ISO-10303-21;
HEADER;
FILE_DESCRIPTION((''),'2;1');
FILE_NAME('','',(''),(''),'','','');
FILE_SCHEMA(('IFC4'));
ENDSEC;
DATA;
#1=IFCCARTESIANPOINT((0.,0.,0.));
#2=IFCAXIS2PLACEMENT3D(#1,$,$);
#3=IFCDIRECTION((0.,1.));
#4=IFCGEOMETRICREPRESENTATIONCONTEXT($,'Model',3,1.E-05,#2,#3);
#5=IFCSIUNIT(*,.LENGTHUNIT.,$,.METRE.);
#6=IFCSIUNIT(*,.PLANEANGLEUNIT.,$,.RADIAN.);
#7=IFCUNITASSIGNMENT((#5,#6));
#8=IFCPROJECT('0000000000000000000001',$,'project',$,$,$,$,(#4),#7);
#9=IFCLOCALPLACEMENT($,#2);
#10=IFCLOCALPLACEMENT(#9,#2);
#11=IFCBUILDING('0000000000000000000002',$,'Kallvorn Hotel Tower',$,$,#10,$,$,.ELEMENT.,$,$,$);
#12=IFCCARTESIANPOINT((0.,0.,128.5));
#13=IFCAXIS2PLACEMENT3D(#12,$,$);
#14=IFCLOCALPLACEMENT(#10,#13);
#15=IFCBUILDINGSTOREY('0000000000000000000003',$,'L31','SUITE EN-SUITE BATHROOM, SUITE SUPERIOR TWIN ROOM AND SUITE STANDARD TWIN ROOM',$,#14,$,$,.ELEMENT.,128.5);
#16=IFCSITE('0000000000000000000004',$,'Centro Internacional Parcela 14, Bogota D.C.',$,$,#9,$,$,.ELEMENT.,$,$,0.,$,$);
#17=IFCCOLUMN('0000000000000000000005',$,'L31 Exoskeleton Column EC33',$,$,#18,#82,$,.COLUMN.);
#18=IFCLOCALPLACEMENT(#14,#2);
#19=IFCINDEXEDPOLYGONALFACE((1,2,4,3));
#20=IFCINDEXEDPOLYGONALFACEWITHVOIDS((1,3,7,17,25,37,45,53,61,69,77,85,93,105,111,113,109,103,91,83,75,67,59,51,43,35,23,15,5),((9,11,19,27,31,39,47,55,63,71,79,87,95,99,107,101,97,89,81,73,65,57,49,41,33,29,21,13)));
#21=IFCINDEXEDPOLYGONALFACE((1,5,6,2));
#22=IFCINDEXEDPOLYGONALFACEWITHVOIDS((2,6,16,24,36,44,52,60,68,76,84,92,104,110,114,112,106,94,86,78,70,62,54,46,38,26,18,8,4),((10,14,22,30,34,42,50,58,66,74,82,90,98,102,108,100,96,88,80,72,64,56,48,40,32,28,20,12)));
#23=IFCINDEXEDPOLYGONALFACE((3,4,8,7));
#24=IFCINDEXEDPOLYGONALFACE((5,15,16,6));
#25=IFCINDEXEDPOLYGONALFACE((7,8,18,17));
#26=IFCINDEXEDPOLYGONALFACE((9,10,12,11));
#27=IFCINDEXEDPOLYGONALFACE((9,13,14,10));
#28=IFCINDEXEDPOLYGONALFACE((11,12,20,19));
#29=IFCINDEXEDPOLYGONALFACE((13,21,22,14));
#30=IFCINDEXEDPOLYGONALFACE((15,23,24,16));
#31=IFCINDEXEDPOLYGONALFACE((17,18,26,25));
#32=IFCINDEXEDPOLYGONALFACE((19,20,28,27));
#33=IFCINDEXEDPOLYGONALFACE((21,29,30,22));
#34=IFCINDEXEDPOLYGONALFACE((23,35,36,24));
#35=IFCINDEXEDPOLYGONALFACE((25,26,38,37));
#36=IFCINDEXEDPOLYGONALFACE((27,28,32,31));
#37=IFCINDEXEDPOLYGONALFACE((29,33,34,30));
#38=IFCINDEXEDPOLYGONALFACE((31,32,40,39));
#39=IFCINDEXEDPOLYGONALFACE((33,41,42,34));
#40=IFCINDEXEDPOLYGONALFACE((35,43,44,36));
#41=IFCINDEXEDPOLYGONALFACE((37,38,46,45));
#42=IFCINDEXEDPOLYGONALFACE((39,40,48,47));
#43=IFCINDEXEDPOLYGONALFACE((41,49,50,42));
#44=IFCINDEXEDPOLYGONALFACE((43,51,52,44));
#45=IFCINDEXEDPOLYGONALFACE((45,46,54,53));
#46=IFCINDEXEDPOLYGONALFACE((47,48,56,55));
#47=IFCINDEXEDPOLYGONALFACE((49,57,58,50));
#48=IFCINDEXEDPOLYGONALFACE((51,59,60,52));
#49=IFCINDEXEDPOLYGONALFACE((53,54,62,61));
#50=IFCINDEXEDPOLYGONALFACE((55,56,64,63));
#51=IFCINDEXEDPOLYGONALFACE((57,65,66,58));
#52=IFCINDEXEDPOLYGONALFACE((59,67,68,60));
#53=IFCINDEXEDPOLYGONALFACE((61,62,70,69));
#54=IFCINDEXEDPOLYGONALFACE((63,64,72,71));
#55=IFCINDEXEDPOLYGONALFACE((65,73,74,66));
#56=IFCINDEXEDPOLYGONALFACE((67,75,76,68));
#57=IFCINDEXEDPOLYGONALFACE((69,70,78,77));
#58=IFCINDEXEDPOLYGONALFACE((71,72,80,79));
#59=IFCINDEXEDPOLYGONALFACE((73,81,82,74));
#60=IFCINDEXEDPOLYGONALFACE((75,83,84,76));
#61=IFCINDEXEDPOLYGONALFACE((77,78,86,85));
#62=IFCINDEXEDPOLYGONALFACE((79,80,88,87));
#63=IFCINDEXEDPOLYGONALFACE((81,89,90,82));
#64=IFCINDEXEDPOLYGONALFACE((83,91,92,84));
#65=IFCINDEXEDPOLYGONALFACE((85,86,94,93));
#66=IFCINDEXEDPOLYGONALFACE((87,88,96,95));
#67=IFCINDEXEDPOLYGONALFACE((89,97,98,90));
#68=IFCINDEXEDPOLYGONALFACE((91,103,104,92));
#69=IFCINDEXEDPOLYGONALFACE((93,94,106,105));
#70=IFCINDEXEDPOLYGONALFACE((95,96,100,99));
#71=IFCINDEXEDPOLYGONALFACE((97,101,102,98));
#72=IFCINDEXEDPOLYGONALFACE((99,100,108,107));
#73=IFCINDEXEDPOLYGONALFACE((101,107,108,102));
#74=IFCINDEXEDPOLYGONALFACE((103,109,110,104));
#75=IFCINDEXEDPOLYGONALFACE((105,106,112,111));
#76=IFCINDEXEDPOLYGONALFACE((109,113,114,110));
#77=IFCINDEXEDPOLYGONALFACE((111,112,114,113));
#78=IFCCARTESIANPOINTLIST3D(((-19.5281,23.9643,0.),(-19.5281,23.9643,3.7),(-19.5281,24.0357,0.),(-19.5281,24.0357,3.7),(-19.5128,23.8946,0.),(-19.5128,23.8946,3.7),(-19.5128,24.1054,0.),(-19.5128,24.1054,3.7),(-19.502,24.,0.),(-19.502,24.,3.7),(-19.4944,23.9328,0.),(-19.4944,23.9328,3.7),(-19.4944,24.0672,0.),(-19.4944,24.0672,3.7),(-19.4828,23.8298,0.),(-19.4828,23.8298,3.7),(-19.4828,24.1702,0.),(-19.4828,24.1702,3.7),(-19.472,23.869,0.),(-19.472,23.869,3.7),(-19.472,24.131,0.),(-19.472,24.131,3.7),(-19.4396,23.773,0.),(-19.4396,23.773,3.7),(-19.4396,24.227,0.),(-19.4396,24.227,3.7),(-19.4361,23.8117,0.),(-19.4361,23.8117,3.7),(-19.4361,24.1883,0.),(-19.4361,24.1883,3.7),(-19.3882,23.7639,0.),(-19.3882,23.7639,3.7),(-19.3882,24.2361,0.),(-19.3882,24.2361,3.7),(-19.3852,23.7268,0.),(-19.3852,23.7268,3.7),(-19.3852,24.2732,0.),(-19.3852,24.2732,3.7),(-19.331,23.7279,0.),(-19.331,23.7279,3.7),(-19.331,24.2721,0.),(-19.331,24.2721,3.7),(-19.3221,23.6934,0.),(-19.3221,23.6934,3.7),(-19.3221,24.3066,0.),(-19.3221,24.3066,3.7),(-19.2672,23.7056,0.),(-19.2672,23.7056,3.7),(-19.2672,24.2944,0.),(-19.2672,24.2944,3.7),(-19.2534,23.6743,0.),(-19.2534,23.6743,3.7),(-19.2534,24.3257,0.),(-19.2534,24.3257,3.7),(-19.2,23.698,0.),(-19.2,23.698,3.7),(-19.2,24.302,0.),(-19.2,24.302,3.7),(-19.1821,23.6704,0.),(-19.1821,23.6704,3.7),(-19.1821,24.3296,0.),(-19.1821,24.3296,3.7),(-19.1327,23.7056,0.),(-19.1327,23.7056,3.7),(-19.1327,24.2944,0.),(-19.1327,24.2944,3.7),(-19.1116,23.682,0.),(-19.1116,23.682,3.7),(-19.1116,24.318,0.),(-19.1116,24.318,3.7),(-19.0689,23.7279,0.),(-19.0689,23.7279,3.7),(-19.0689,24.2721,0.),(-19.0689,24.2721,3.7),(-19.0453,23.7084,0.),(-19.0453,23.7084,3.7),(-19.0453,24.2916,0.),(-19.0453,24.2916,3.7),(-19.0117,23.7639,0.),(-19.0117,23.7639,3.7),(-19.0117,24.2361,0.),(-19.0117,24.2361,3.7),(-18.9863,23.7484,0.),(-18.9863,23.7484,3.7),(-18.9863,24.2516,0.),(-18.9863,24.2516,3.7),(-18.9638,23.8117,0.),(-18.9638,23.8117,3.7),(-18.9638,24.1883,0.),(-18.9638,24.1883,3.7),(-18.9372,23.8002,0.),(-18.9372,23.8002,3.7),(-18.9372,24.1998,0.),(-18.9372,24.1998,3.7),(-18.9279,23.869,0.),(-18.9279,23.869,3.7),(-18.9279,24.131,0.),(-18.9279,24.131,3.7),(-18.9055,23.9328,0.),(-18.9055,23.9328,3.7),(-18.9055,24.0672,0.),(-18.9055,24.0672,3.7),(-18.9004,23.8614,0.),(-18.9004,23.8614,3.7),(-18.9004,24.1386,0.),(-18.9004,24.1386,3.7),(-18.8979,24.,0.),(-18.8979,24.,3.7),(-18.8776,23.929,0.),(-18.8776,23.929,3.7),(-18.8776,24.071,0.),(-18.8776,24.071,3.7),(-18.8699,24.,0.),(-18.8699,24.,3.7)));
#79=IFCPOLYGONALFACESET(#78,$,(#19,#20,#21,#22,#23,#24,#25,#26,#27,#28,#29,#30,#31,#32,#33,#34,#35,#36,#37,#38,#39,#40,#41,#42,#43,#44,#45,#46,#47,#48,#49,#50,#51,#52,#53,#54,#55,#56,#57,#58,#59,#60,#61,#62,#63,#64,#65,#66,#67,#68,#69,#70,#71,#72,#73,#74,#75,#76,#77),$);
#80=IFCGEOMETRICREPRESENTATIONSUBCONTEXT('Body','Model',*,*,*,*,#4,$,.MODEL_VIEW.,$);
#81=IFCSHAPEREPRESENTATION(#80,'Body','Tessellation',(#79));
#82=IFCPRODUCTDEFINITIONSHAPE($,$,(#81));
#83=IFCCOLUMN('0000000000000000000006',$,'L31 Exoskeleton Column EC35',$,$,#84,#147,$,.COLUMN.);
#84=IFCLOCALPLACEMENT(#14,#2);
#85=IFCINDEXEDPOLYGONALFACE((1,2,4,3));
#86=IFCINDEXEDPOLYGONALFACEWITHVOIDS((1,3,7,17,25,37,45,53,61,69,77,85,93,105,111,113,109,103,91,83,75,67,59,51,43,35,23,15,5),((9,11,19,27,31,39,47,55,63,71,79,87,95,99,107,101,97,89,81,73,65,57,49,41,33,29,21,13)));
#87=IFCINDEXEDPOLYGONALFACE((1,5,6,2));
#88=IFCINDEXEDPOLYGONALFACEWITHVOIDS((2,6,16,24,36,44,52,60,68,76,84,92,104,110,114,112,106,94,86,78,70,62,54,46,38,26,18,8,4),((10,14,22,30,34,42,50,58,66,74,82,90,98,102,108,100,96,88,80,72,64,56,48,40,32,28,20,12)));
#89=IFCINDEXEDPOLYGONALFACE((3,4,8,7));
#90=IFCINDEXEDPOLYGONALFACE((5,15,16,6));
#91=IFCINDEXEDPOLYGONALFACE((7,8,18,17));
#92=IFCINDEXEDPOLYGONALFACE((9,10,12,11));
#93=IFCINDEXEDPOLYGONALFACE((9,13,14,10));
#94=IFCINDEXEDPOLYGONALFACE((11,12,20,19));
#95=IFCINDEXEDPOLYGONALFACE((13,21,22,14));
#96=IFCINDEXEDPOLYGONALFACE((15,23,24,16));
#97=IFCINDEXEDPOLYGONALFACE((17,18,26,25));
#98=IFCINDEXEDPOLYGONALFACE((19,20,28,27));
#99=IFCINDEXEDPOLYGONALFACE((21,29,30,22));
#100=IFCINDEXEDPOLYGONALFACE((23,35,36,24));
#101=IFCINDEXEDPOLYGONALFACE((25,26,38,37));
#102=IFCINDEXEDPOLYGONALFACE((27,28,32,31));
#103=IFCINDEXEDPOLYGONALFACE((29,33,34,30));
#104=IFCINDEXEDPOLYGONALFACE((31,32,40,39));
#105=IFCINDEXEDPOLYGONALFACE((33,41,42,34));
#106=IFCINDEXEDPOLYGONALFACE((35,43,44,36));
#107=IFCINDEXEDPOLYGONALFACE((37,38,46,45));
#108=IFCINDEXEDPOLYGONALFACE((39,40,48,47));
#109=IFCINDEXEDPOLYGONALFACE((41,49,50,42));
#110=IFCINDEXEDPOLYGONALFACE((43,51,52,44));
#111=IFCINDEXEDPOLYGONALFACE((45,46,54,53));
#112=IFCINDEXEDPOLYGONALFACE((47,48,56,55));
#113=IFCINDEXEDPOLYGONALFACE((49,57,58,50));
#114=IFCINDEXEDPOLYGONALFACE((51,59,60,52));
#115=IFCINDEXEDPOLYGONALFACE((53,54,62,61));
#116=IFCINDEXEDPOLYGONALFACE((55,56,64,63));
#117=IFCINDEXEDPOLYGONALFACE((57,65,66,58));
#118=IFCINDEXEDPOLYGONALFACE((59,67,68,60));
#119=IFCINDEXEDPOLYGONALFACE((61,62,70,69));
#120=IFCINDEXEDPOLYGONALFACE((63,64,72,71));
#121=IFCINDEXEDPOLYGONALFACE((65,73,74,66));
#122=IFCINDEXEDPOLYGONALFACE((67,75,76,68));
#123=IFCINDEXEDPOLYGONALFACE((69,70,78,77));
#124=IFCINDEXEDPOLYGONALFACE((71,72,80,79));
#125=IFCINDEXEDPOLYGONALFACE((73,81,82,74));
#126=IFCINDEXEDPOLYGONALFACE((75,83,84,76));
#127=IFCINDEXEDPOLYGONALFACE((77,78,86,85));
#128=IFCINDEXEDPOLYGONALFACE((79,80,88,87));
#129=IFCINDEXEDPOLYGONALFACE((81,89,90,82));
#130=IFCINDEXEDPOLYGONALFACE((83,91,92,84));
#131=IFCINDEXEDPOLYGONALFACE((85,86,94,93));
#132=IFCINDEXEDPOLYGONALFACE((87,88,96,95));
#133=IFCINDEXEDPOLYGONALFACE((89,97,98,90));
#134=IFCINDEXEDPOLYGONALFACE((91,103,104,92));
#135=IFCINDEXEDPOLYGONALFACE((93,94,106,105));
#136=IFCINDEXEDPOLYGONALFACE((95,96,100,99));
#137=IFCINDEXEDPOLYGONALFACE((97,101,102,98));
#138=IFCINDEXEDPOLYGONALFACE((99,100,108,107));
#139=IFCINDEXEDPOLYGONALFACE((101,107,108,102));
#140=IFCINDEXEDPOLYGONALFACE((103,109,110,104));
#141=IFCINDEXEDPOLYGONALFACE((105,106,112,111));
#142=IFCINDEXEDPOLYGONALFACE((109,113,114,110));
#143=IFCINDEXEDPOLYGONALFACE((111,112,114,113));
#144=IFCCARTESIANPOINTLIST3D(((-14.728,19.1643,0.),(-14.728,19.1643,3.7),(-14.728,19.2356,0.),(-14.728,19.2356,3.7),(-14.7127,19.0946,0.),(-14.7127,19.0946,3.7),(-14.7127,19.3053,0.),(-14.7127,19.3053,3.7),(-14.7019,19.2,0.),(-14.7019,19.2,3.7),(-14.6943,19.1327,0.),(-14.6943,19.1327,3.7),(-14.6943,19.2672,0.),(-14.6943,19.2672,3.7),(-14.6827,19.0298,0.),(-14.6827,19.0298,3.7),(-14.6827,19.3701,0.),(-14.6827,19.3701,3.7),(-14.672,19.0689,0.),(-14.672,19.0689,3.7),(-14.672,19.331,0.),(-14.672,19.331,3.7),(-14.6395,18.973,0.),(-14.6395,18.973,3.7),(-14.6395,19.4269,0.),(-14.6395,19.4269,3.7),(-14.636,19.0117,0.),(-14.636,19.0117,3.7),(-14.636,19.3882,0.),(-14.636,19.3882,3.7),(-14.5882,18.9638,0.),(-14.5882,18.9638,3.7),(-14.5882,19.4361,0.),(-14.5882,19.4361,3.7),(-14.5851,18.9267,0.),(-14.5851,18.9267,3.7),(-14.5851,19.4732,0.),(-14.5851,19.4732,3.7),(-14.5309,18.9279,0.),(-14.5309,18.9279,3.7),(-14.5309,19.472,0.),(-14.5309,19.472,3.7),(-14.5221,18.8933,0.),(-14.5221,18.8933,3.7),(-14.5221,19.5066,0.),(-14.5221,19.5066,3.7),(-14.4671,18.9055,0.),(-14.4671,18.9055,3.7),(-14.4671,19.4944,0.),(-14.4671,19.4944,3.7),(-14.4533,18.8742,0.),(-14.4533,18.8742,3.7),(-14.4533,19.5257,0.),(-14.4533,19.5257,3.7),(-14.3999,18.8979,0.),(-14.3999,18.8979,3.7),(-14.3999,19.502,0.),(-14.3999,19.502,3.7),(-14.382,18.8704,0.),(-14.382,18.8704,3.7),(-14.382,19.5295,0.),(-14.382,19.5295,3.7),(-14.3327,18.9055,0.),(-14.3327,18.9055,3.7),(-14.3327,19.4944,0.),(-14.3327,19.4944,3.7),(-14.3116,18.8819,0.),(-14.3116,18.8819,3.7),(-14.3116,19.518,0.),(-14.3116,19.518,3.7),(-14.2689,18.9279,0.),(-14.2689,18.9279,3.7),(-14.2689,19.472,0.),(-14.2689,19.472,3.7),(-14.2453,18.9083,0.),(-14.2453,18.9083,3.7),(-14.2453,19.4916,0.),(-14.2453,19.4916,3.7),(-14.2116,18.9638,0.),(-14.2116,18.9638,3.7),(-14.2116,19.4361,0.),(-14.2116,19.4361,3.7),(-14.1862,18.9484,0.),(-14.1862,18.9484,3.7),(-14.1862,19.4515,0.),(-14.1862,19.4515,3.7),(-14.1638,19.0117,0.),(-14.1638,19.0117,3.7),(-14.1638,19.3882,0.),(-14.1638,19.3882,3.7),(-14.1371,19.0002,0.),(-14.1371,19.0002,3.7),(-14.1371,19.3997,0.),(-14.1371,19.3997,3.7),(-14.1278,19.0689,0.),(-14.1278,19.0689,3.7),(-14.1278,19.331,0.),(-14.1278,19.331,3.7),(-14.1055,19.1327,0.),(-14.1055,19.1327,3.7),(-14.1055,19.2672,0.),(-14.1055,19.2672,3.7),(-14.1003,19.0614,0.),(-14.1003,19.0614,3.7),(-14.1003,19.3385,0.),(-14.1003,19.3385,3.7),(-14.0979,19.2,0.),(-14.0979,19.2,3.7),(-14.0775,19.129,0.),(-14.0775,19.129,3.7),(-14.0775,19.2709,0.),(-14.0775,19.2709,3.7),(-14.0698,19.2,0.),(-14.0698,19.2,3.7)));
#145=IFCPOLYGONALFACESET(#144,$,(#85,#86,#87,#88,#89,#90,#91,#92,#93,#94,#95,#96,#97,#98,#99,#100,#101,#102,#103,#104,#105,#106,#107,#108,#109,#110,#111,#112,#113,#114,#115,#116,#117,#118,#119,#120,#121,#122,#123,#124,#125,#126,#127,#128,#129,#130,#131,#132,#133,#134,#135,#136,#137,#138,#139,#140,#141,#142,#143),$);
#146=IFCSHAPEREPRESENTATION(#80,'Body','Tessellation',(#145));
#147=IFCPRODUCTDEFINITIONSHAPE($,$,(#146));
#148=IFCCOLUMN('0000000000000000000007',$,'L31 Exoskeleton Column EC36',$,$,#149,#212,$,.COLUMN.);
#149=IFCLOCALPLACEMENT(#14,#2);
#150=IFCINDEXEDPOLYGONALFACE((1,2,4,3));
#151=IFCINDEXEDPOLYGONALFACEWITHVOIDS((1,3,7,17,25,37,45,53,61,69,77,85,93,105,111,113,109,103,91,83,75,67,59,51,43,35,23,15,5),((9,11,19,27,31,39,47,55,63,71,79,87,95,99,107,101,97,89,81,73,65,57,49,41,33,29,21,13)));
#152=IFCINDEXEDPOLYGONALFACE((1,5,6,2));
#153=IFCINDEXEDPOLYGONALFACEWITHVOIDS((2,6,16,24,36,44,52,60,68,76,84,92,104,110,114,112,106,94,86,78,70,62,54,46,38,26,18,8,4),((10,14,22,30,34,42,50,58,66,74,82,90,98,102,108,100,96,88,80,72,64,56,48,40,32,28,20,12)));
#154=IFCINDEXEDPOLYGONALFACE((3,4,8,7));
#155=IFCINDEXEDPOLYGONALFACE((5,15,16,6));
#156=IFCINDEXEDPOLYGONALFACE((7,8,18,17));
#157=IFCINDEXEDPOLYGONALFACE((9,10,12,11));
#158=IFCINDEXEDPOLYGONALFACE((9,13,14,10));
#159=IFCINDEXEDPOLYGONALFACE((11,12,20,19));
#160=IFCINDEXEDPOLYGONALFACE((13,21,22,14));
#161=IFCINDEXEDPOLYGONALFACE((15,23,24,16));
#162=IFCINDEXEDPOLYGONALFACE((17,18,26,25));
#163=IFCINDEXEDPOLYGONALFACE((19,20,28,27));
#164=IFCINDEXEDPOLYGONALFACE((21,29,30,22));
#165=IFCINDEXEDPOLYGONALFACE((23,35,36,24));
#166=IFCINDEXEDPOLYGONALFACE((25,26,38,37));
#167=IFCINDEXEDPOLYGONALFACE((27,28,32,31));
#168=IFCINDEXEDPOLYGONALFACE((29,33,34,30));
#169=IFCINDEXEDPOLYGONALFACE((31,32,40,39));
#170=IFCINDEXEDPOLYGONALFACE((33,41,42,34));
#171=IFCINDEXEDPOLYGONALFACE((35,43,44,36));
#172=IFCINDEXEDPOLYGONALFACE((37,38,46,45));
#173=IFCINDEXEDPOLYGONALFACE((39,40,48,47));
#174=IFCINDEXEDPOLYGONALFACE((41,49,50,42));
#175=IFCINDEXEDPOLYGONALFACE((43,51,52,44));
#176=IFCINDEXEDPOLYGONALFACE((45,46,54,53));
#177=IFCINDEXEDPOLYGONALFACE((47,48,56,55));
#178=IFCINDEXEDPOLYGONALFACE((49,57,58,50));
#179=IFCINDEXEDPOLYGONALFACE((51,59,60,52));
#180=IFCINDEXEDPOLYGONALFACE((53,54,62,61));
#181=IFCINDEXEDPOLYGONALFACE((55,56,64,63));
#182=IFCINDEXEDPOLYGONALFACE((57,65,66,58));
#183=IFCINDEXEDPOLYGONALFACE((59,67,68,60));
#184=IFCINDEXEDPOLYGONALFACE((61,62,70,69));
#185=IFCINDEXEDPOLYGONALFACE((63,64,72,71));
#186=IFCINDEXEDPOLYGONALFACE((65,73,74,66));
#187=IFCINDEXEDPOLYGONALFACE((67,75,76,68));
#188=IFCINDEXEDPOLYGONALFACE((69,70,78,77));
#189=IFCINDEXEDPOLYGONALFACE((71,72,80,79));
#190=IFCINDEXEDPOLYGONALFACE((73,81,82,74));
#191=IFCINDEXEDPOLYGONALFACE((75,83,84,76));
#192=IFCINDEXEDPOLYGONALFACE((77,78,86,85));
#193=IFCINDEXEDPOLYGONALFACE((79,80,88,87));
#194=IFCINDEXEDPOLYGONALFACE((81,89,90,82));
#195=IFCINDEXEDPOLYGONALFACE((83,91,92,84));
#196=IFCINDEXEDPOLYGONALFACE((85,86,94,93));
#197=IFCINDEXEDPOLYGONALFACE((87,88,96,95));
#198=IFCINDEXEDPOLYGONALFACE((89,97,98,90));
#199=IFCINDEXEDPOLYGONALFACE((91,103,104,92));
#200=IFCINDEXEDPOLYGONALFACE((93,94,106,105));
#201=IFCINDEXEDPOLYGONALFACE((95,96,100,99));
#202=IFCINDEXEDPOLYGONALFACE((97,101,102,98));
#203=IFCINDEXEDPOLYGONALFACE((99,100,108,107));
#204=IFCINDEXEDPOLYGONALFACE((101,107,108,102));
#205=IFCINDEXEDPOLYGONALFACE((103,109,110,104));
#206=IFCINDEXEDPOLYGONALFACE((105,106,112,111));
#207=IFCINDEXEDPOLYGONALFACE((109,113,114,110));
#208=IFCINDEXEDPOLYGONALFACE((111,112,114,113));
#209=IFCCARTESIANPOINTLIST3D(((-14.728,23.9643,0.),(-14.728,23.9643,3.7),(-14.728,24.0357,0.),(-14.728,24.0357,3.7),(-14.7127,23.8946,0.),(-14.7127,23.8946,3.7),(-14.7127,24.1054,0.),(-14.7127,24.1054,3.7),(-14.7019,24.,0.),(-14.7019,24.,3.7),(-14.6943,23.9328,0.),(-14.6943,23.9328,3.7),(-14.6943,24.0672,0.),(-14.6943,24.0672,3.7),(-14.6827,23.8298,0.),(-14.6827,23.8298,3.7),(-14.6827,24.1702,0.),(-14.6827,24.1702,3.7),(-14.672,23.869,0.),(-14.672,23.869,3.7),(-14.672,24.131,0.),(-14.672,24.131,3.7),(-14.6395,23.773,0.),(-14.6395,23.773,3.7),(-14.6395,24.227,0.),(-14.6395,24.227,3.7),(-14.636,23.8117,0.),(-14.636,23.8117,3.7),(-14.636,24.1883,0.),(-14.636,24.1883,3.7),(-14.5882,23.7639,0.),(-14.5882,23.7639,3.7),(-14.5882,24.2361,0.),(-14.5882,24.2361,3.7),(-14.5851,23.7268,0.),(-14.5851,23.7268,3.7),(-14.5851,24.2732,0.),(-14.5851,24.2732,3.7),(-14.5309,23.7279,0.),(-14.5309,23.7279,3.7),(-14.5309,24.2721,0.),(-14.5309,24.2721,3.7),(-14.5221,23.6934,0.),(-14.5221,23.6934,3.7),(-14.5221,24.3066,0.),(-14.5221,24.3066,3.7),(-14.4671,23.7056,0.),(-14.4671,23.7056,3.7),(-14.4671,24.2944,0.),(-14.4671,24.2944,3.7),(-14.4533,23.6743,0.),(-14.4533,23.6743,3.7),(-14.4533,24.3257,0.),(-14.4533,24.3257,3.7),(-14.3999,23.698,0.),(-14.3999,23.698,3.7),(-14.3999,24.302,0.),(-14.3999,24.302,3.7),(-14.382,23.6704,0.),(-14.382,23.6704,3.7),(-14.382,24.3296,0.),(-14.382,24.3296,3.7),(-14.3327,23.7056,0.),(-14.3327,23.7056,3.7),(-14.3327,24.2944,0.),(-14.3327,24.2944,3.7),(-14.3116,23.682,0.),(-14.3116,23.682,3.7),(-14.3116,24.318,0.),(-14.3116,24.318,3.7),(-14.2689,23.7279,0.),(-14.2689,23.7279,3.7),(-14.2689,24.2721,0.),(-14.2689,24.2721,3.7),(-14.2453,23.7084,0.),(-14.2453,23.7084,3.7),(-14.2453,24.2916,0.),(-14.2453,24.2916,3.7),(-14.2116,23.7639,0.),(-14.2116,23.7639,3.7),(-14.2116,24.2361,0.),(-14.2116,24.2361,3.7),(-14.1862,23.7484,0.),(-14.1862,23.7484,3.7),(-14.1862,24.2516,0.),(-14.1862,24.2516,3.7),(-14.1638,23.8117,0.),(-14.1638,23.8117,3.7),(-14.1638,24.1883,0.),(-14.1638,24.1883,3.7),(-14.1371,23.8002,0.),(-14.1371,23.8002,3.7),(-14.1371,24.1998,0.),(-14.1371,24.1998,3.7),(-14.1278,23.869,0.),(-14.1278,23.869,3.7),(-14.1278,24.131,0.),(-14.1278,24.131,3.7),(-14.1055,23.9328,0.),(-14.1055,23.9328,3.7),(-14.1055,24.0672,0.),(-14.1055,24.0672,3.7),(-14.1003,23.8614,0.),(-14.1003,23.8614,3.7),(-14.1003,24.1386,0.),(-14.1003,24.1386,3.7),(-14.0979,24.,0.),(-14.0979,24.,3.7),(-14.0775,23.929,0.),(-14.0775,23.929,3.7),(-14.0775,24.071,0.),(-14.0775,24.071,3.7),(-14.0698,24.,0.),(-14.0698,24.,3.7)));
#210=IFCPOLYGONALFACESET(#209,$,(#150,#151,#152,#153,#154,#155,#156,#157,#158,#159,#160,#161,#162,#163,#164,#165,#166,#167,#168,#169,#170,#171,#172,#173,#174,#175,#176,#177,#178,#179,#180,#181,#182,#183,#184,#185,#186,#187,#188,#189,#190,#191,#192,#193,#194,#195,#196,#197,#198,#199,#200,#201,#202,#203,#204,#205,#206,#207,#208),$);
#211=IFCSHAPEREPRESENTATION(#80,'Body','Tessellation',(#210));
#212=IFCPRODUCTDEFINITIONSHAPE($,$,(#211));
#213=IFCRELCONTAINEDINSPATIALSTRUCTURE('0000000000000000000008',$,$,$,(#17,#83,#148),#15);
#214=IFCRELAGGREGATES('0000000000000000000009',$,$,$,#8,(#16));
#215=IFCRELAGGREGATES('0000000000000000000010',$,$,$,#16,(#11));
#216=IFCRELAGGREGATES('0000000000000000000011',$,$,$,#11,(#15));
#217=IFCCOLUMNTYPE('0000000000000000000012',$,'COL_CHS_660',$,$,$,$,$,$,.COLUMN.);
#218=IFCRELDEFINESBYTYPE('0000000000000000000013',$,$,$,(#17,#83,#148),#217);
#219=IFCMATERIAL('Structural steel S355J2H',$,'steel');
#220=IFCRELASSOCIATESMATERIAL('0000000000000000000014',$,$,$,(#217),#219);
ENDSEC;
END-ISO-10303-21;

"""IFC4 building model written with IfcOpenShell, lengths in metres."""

from ifc_helpers import new_model, si_unit, direction, frame, origin, origin_2d, place, context, subcontext, project, spatial, hollow_circle, extrude, material, material_profile, profile_set, type_object, element, save


model = new_model("IFC4")

# Units and contexts
model_context = context("Model", 3, precision=1e-05, world=origin(), true_north=direction((0.0, 1.0)))
body_context = subcontext(model_context, "Body", "Model", "MODEL_VIEW")
ifc_project = project(units=[si_unit("LENGTHUNIT", "METRE"), si_unit("PLANEANGLEUNIT", "RADIAN")], contexts=[model_context])

# Site, building, storey
site_placement = place(None, origin())
site = spatial("IfcSite", under=ifc_project, at=site_placement, Name="Centro Internacional Parcela 14, Bogota D.C.", CompositionType="ELEMENT", RefElevation=0.0)
building_placement = place(site_placement, origin())
building = spatial("IfcBuilding", under=site, at=building_placement, Name="Kallvorn Hotel Tower", CompositionType="ELEMENT")
storey_placement = place(building_placement, frame((0.0, 0.0, 128.5)))
storey = spatial("IfcBuildingStorey", under=building, at=storey_placement, Name="L31", Description="SUITE EN-SUITE BATHROOM, SUITE SUPERIOR TWIN ROOM AND SUITE STANDARD TWIN ROOM", CompositionType="ELEMENT", Elevation=128.5)

# Columns
ifc_material_1 = material(Name="Structural steel S355J2H", Category="steel")
ifc_material_profile_1 = material_profile(ifc_material_1, hollow_circle(Radius=0.3301, WallThickness=0.0281, at=origin_2d()), Name="CHS 660x28")
ifc_profile_set_1 = profile_set([ifc_material_profile_1], Name="Structural steel S355J2H")
column_type_1 = type_object("IfcColumnType", Name="COL_CHS_660", PredefinedType="COLUMN", material=ifc_profile_set_1)
for number, where, z_axis, x_axis, name in (
    (1, (-19.2, 24.0, 0.0), (0.0, 0.0, 1.0), (1.0, 0.0, 0.0), "L31 Exoskeleton Column EC33"),
    (2, (-14.3999, 19.2, 0.0), (0.0, 0.0, 1.0), (1.0, 0.0, 0.0), "L31 Exoskeleton Column EC35"),
    (3, (-14.3999, 24.0, 0.0), (0.0, 0.0, 1.0), (1.0, 0.0, 0.0), "L31 Exoskeleton Column EC36"),
):
    element("IfcColumn", number, at=place(storey_placement, frame(where, z_axis=z_axis, x_axis=x_axis)), inside=storey, type_object=column_type_1, Name=name, PredefinedType="COLUMN", context=body_context, shape_type="SweptSolid", body=[
        extrude(hollow_circle(Radius=0.3301, WallThickness=0.0281, at=origin_2d()), origin(), (0.0, 0.0, 1.0), 3.7),
    ])

save(model, "model.ifc")
